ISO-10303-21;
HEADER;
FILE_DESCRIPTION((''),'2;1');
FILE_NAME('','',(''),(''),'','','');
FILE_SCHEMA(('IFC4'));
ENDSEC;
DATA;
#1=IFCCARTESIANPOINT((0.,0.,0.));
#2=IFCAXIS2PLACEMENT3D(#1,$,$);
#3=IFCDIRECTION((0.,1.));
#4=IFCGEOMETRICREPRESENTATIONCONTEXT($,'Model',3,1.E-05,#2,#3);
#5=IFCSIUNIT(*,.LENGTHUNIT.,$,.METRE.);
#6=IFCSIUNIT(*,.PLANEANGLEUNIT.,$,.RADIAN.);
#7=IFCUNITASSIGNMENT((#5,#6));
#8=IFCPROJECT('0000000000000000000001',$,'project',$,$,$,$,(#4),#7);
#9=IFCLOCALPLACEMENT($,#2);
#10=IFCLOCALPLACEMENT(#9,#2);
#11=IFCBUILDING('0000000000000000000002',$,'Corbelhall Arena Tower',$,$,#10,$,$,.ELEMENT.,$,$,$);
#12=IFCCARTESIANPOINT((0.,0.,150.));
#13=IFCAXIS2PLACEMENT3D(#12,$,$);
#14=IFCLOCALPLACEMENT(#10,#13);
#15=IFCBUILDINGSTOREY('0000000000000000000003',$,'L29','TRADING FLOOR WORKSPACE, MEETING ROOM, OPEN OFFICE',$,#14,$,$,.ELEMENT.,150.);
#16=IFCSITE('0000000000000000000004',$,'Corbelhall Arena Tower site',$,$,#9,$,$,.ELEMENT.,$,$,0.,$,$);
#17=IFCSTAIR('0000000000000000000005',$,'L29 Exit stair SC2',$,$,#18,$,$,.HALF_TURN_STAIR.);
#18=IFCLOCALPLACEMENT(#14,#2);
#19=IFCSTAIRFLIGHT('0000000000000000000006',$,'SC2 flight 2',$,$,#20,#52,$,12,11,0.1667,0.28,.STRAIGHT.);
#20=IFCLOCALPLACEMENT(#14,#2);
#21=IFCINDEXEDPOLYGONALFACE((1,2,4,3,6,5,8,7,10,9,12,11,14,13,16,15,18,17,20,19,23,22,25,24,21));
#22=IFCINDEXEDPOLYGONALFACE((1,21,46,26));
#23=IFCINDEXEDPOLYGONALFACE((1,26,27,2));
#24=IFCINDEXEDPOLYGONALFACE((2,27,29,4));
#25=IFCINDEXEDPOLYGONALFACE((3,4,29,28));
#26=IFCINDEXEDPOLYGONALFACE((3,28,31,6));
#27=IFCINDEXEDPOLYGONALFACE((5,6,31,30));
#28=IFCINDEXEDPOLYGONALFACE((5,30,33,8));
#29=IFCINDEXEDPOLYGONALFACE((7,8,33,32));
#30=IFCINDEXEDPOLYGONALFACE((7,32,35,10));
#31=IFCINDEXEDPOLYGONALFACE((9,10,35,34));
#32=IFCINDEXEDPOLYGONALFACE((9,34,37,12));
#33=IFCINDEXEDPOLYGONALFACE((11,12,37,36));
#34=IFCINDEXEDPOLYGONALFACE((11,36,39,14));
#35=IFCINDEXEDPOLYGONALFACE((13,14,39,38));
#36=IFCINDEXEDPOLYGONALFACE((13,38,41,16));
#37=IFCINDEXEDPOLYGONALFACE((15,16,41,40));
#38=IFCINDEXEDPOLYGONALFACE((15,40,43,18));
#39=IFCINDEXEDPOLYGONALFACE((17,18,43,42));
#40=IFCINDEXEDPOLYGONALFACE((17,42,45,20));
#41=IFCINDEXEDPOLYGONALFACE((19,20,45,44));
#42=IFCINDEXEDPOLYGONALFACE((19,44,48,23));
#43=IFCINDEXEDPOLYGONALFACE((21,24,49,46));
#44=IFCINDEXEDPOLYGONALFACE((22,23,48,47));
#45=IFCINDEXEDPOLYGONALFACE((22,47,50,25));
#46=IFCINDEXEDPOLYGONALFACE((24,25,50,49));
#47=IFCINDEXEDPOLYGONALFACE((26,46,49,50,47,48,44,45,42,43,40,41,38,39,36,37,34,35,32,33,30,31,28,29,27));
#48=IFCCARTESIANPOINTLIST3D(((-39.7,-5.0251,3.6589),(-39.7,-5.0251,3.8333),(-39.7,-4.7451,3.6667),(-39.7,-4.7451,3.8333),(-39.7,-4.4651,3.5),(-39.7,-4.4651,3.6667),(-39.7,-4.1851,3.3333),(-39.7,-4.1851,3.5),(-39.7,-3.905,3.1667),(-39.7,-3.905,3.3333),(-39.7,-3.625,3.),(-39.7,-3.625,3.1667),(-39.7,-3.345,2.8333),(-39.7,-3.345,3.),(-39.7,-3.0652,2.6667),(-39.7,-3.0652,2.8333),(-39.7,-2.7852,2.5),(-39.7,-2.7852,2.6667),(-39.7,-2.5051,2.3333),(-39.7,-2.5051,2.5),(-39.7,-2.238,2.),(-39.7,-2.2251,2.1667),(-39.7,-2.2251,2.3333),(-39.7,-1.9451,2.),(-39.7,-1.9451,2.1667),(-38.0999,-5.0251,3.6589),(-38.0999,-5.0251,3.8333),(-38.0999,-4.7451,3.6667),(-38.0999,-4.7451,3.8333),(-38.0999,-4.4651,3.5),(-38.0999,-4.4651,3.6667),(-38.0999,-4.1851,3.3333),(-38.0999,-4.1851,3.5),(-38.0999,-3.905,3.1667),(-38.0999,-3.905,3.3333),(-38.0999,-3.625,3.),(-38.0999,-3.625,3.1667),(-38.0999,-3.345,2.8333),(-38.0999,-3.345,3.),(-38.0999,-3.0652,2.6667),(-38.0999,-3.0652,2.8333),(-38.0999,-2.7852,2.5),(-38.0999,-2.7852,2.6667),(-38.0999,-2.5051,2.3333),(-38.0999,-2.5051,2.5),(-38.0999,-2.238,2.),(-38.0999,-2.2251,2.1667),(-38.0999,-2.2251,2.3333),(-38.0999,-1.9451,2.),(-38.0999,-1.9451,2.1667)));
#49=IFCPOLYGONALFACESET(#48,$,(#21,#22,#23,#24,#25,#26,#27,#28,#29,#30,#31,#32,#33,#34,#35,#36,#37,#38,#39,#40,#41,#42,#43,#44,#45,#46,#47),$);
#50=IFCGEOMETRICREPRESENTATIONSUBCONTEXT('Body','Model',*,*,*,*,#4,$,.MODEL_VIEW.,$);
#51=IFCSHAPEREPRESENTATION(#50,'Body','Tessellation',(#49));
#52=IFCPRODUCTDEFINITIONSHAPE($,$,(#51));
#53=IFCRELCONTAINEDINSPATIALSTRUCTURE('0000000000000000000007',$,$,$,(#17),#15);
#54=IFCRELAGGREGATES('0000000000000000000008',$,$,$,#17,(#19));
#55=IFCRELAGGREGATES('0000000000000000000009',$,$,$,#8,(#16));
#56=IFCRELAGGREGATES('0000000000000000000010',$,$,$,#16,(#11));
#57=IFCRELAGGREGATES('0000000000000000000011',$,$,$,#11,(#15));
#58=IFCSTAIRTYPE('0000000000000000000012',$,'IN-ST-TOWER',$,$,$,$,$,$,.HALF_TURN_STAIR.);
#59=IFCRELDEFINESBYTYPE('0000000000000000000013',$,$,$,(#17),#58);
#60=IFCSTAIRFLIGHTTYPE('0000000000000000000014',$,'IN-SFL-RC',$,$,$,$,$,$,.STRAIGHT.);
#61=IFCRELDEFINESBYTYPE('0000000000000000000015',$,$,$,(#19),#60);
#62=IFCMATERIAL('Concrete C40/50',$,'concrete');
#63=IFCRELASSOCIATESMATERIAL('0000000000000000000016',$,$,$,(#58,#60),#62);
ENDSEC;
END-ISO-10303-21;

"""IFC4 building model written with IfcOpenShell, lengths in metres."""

from ifc_helpers import new_model, si_unit, direction, frame, origin, place, context, subcontext, project, spatial, polyline, outline, extrude, material, type_object, element, aggregate, save


model = new_model("IFC4")

# Units and contexts
model_context = context("Model", 3, precision=1e-05, world=origin(), true_north=direction((0.0, 1.0)))
body_context = subcontext(model_context, "Body", "Model", "MODEL_VIEW")
ifc_project = project(units=[si_unit("LENGTHUNIT", "METRE"), si_unit("PLANEANGLEUNIT", "RADIAN")], contexts=[model_context])

# Site, building, storey
site_placement = place(None, origin())
site = spatial("IfcSite", under=ifc_project, at=site_placement, Name="Corbelhall Arena Tower site", CompositionType="ELEMENT", RefElevation=0.0)
building_placement = place(site_placement, origin())
building = spatial("IfcBuilding", under=site, at=building_placement, Name="Corbelhall Arena Tower", CompositionType="ELEMENT")
storey_placement = place(building_placement, frame((0.0, 0.0, 150.0)))
storey = spatial("IfcBuildingStorey", under=building, at=storey_placement, Name="L29", Description="TRADING FLOOR WORKSPACE, MEETING ROOM, OPEN OFFICE", CompositionType="ELEMENT", Elevation=150.0)

# Shared definitions
ifc_material_1 = material(Name="Concrete C40/50", Category="concrete")

# Stair, stair flight
stair_type = type_object("IfcStairType", Name="IN-ST-TOWER", PredefinedType="HALF_TURN_STAIR", material=ifc_material_1)
stair_placement = place(storey_placement, origin())
stair = element("IfcStair", 1, at=stair_placement, inside=storey, type_object=stair_type, Name="L29 Exit stair SC2", PredefinedType="HALF_TURN_STAIR")
stair_flight_type = type_object("IfcStairFlightType", Name="IN-SFL-RC", PredefinedType="STRAIGHT", material=ifc_material_1)
stair_flight_1_placement = place(storey_placement, frame((-38.8999, -1.9451, 2.0), z_axis=(0.0, 0.0, 1.0), x_axis=(0.0, -1.0, 0.0)))
stair_flight_1 = element("IfcStairFlight", 2, at=stair_flight_1_placement, type_object=stair_flight_type, Name="SC2 flight 2", NumberOfRisers=12, NumberOfTreads=11, PredefinedType="STRAIGHT", RiserHeight=0.1667, TreadLength=0.28, context=body_context, shape_type="SweptSolid", body=[
    extrude(outline(polyline([(0.0, 0.0), (0.0, 0.1667), (0.28, 0.1667), (0.28, 0.3333), (0.5601, 0.3333), (0.5601, 0.5), (0.8401, 0.5), (0.8401, 0.6667), (1.1201, 0.6667), (1.1201, 0.8333), (1.3999, 0.8333), (1.3999, 1.0), (1.6799, 1.0), (1.6799, 1.1667), (1.96, 1.1667), (1.96, 1.3333), (2.24, 1.3333), (2.24, 1.5), (2.52, 1.5), (2.52, 1.6667), (2.8, 1.6667), (2.8, 1.8333), (3.0801, 1.8333), (3.0801, 2.0), (3.0801, 1.6589), (0.293, 0.0), (0.0, 0.0)])), frame((0.0, 0.8, 0.0), z_axis=(0.0, -1.0, 0.0), x_axis=(1.0, 0.0, 0.0)), (0.0, 0.0, 1.0), 1.6001),
])
aggregate(stair, [stair_flight_1])

save(model, "model.ifc")
